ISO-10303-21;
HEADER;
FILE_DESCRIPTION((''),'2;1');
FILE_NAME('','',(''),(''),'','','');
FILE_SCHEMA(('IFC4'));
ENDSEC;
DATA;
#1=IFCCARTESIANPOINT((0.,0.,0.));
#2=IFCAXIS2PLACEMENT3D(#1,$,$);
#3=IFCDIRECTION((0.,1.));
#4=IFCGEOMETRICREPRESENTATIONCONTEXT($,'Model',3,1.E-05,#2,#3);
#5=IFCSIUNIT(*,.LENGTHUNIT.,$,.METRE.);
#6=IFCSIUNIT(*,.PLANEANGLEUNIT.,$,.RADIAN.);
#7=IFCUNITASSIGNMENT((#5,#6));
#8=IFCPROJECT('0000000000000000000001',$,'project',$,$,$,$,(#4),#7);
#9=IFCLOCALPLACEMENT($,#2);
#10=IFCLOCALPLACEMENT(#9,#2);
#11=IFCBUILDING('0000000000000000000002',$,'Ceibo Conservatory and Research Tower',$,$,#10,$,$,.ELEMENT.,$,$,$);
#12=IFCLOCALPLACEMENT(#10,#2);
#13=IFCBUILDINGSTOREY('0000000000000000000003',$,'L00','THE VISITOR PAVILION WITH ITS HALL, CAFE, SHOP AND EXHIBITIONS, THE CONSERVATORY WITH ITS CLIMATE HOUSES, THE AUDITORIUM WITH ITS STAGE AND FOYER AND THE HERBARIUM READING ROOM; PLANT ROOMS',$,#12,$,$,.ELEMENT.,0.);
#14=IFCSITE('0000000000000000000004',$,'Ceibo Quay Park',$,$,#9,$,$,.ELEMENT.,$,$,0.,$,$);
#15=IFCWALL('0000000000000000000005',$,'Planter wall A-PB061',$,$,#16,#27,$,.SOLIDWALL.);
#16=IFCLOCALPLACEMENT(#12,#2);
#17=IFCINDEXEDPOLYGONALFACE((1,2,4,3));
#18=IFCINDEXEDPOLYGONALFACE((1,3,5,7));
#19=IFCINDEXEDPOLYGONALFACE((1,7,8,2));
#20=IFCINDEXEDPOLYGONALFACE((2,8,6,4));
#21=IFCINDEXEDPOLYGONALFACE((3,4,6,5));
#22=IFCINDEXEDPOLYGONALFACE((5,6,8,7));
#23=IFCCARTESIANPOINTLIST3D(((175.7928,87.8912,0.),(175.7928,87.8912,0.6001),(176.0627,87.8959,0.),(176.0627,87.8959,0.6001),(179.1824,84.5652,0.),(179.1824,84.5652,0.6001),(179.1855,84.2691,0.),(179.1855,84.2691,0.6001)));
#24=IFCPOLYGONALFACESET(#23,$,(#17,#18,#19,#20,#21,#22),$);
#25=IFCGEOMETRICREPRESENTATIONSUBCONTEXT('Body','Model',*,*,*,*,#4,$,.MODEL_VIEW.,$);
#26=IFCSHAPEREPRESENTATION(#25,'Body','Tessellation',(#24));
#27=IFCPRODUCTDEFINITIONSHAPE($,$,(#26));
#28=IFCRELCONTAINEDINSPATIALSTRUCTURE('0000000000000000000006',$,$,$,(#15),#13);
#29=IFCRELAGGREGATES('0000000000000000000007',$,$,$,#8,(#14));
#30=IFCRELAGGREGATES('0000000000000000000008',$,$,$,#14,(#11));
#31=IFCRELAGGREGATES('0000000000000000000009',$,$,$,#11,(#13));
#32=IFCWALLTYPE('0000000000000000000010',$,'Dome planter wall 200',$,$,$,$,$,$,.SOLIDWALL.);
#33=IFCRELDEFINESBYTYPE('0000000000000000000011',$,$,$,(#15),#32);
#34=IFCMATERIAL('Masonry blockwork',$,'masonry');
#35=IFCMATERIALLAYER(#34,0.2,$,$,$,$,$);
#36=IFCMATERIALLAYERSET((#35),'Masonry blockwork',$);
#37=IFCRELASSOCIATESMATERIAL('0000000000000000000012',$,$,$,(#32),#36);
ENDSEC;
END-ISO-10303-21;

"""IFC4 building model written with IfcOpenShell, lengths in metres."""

from ifc_helpers import new_model, si_unit, direction, frame, origin, place, context, subcontext, project, spatial, polyline, outline, extrude, material, layer, layer_set, type_object, element, save


model = new_model("IFC4")

# Units and contexts
model_context = context("Model", 3, precision=1e-05, world=origin(), true_north=direction((0.0, 1.0)))
body_context = subcontext(model_context, "Body", "Model", "MODEL_VIEW")
ifc_project = project(units=[si_unit("LENGTHUNIT", "METRE"), si_unit("PLANEANGLEUNIT", "RADIAN")], contexts=[model_context])

# Site, building, storey
site_placement = place(None, origin())
site = spatial("IfcSite", under=ifc_project, at=site_placement, Name="Ceibo Quay Park", CompositionType="ELEMENT", RefElevation=0.0)
building_placement = place(site_placement, origin())
building = spatial("IfcBuilding", under=site, at=building_placement, Name="Ceibo Conservatory and Research Tower", CompositionType="ELEMENT")
storey_placement = place(building_placement, origin())
storey = spatial("IfcBuildingStorey", under=building, at=storey_placement, Name="L00", Description="THE VISITOR PAVILION WITH ITS HALL, CAFE, SHOP AND EXHIBITIONS, THE CONSERVATORY WITH ITS CLIMATE HOUSES, THE AUDITORIUM WITH ITS STAGE AND FOYER AND THE HERBARIUM READING ROOM; PLANT ROOMS", CompositionType="ELEMENT", Elevation=0.0)

# Wall
ifc_material_1 = material(Name="Masonry blockwork", Category="masonry")
ifc_layer_1 = layer(ifc_material_1, 0.2)
ifc_layer_set_1 = layer_set([ifc_layer_1], Name="Masonry blockwork")
wall_type_1 = type_object("IfcWallType", Name="Dome planter wall 200", PredefinedType="SOLIDWALL", material=ifc_layer_set_1)
wall_1_placement = place(storey_placement, frame((175.9277, 87.8936, 0.0), z_axis=(0.0, 0.0, 1.0), x_axis=(0.683612, -0.729846, 0.0)))
element("IfcWall", 1, at=wall_1_placement, inside=storey, type_object=wall_type_1, Name="Planter wall A-PB061", PredefinedType="SOLIDWALL", context=body_context, shape_type="SweptSolid", body=[
    extrude(outline(polyline([(-0.0906, -0.1001), (4.8723, -0.1001), (4.6541, 0.1001), (0.0906, 0.1001), (-0.0906, -0.1001)])), origin(), (0.0, 0.0, 1.0), 0.6001),
])

save(model, "model.ifc")
